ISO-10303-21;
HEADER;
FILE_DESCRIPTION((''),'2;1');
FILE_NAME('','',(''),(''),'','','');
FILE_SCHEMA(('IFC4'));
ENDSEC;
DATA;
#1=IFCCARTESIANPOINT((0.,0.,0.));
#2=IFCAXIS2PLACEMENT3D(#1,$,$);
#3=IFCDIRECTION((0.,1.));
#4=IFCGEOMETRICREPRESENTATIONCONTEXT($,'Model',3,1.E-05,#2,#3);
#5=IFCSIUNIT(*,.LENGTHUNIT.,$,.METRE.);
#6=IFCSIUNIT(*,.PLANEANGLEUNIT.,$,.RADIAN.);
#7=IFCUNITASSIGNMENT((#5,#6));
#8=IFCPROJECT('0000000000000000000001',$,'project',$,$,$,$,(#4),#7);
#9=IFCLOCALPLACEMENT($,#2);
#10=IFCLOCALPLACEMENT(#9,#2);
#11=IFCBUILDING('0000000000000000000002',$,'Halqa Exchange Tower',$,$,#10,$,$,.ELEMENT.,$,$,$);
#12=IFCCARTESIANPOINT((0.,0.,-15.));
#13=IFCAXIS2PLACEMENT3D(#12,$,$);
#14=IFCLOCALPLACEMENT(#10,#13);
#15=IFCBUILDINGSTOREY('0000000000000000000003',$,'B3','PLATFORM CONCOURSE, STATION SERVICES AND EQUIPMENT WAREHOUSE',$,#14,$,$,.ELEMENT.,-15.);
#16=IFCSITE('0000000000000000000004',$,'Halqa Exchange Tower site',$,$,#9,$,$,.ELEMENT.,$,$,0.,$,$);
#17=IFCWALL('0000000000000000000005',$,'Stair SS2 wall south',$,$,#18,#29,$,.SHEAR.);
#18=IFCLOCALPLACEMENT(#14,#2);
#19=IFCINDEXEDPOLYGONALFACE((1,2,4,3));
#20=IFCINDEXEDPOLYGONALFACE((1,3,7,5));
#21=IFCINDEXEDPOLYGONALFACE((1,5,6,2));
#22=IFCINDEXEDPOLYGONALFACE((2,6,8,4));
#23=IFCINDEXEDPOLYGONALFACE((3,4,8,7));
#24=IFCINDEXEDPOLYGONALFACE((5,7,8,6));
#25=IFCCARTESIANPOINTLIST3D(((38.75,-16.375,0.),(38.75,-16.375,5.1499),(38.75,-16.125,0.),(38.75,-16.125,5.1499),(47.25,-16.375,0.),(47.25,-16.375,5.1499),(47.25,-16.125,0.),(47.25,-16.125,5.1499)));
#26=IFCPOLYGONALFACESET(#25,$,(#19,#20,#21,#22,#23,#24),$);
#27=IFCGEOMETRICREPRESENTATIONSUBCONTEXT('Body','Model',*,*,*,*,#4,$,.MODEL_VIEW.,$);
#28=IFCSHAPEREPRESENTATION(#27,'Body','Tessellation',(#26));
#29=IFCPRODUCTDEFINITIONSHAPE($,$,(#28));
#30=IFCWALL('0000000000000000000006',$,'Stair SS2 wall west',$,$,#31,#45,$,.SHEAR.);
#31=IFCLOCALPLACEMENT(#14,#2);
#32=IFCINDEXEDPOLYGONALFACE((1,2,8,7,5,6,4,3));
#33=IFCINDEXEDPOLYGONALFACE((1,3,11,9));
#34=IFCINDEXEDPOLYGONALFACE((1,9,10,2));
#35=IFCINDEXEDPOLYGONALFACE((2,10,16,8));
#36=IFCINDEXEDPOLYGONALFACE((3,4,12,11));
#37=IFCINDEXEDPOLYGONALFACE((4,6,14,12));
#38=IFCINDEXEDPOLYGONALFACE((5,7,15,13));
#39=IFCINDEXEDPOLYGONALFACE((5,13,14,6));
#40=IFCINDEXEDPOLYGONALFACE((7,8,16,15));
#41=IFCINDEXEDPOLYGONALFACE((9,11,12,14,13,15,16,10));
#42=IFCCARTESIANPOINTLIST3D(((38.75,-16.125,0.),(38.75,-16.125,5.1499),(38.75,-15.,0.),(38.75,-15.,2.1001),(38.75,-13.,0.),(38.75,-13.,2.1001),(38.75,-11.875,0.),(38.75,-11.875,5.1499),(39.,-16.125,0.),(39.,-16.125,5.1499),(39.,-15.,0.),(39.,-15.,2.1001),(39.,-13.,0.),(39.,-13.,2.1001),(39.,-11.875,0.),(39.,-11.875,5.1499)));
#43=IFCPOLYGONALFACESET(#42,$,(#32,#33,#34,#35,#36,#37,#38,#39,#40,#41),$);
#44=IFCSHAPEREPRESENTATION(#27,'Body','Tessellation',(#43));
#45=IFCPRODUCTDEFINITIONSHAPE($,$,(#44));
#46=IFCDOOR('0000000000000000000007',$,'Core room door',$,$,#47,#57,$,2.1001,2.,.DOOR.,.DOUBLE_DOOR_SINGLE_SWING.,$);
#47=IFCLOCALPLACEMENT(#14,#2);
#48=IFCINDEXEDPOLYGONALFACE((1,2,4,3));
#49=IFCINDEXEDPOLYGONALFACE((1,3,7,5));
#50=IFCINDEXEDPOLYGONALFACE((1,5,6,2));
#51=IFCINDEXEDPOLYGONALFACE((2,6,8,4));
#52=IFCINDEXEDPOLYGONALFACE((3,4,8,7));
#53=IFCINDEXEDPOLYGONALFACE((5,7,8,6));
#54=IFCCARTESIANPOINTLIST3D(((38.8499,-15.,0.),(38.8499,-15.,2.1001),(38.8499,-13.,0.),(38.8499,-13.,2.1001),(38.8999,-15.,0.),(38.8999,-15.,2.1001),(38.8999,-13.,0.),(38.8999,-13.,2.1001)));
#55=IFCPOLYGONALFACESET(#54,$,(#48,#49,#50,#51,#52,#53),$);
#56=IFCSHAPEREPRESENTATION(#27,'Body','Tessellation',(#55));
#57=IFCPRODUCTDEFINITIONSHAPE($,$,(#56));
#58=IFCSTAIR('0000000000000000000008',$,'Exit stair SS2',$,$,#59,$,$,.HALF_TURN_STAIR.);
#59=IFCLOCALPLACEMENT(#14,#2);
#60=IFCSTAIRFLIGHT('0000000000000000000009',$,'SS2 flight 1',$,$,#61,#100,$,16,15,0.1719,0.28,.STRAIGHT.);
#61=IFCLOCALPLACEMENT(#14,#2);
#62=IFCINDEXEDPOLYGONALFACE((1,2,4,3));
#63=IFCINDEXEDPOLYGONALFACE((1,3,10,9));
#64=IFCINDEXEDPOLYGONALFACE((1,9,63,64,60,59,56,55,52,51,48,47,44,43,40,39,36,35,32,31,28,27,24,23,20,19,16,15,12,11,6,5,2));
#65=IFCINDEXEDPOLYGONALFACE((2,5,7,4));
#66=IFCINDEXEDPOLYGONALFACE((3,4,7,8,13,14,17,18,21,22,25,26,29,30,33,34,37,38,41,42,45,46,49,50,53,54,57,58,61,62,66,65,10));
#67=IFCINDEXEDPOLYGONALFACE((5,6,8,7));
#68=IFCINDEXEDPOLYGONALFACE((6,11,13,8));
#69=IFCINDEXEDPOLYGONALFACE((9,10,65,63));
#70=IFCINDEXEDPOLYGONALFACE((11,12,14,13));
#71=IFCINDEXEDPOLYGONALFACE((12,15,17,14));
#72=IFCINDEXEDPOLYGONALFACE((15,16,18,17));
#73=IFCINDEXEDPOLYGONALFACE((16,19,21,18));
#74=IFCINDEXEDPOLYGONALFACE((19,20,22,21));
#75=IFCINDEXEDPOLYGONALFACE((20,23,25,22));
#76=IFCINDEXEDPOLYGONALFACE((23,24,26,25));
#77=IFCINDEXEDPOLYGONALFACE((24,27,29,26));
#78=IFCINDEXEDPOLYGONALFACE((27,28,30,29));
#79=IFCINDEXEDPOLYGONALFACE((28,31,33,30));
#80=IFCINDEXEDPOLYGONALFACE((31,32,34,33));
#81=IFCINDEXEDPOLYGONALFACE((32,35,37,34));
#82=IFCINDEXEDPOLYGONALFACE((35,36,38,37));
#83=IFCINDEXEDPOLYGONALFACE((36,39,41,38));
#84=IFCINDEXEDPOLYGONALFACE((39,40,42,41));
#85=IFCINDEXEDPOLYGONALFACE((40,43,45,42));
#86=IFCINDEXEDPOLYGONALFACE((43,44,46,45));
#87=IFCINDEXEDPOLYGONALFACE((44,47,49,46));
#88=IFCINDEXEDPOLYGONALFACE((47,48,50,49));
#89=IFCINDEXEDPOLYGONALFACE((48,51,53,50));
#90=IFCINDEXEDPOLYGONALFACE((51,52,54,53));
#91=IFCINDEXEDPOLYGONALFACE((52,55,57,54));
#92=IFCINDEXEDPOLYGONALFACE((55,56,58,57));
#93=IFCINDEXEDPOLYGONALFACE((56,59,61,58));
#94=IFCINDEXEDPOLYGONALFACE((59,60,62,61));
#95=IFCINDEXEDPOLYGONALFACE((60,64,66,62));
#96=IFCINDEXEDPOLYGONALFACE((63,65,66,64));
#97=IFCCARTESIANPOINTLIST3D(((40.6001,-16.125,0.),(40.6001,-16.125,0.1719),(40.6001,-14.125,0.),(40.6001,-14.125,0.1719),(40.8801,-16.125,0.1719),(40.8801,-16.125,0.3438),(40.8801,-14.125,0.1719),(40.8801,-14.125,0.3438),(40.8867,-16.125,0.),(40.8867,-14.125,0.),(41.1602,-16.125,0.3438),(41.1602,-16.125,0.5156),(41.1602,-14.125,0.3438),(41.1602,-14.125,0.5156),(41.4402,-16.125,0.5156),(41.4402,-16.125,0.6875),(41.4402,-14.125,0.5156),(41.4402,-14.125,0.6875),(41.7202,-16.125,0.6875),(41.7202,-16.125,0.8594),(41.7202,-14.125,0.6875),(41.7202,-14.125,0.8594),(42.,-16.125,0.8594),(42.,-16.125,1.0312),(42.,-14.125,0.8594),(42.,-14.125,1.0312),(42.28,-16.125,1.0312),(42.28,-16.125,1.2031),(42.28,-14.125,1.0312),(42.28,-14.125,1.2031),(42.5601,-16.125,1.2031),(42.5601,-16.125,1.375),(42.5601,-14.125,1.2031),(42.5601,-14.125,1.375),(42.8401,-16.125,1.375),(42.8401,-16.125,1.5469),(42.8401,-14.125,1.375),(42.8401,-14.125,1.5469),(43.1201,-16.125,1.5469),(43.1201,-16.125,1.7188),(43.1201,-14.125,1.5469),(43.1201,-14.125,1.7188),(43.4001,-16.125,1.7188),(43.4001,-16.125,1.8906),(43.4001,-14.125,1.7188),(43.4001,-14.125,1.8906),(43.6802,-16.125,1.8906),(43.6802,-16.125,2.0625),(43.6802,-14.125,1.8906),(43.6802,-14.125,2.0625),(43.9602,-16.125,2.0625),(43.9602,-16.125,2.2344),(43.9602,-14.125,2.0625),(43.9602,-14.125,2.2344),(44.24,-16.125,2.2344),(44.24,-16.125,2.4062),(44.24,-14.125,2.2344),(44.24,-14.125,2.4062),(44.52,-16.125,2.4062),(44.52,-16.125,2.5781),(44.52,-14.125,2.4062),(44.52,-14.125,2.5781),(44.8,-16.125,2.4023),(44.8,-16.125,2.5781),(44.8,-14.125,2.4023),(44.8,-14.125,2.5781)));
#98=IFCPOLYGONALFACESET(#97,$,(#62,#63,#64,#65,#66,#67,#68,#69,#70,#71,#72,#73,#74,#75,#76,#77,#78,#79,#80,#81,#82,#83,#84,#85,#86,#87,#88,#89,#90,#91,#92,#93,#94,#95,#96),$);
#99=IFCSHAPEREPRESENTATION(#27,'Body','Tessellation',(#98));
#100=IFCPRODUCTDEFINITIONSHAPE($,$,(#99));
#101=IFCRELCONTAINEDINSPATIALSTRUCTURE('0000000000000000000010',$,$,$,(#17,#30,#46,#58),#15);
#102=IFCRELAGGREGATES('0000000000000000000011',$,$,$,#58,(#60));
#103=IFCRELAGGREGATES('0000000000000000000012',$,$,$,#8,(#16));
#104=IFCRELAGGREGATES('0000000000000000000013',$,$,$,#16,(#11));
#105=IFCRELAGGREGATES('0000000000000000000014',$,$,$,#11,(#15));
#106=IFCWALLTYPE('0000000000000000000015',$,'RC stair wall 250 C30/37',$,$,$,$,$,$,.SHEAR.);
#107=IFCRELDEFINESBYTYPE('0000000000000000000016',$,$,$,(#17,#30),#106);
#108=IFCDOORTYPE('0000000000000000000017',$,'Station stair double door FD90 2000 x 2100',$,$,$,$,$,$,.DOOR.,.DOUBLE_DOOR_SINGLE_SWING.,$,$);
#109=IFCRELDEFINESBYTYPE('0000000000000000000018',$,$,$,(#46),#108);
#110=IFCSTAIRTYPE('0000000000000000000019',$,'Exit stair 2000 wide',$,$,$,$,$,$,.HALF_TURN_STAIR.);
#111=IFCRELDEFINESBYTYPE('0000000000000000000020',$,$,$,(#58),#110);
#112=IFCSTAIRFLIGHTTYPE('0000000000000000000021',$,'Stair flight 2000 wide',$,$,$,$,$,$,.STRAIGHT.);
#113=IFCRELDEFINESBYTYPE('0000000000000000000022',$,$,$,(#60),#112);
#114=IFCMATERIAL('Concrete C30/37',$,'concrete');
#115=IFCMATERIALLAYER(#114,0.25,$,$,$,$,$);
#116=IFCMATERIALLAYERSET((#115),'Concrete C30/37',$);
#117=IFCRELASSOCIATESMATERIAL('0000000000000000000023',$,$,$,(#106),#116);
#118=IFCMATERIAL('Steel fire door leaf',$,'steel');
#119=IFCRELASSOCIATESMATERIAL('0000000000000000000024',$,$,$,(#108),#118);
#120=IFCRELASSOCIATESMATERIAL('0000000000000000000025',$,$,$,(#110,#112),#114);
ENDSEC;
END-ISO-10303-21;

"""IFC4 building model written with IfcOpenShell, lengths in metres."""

from ifc_helpers import new_model, si_unit, direction, frame, frame_2d, origin, place, context, subcontext, project, spatial, polyline, rectangle, outline, extrude, material, layer, layer_set, type_object, element, fill, aggregate, save


model = new_model("IFC4")

# Units and contexts
model_context = context("Model", 3, precision=1e-05, world=origin(), true_north=direction((0.0, 1.0)))
body_context = subcontext(model_context, "Body", "Model", "MODEL_VIEW")
ifc_project = project(units=[si_unit("LENGTHUNIT", "METRE"), si_unit("PLANEANGLEUNIT", "RADIAN")], contexts=[model_context])

# Site, building, storey
site_placement = place(None, origin())
site = spatial("IfcSite", under=ifc_project, at=site_placement, Name="Halqa Exchange Tower site", CompositionType="ELEMENT", RefElevation=0.0)
building_placement = place(site_placement, origin())
building = spatial("IfcBuilding", under=site, at=building_placement, Name="Halqa Exchange Tower", CompositionType="ELEMENT")
storey_placement = place(building_placement, frame((0.0, 0.0, -15.0)))
storey = spatial("IfcBuildingStorey", under=building, at=storey_placement, Name="B3", Description="PLATFORM CONCOURSE, STATION SERVICES AND EQUIPMENT WAREHOUSE", CompositionType="ELEMENT", Elevation=-15.0)

# Shared definitions
ifc_material_1 = material(Name="Steel fire door leaf", Category="steel")

# Wall
ifc_material_2 = material(Name="Concrete C30/37", Category="concrete")
ifc_layer_1 = layer(ifc_material_2, 0.25)
ifc_layer_set_1 = layer_set([ifc_layer_1], Name="Concrete C30/37")
wall_type_1 = type_object("IfcWallType", Name="RC stair wall 250 C30/37", PredefinedType="SHEAR", material=ifc_layer_set_1)
for number, where, z_axis, x_axis, name in (
    (1, (38.75, -16.25, 0.0), (0.0, 0.0, 1.0), (1.0, 0.0, 0.0), "Stair SS2 wall south"),
):
    element("IfcWall", number, at=place(storey_placement, frame(where, z_axis=z_axis, x_axis=x_axis)), inside=storey, type_object=wall_type_1, Name=name, PredefinedType="SHEAR", context=body_context, shape_type="SweptSolid", body=[
        extrude(rectangle(XDim=8.5, YDim=0.25, at=frame_2d((4.25, 0.0))), origin(), (0.0, 0.0, 1.0), 5.1499),
    ])

# Wall, opening, door
wall_1_placement = place(storey_placement, frame((38.875, -16.125, 0.0), z_axis=(0.0, 0.0, 1.0), x_axis=(0.0, 1.0, 0.0)))
wall_1 = element("IfcWall", 2, at=wall_1_placement, inside=storey, type_object=wall_type_1, Name="Stair SS2 wall west", PredefinedType="SHEAR", context=body_context, shape_type="SweptSolid", body=[
    extrude(rectangle(XDim=4.25, YDim=0.25, at=frame_2d((2.125, 0.0))), origin(), (0.0, 0.0, 1.0), 5.1499),
])
opening_1_placement = place(wall_1_placement, frame((1.125, 0.0, 0.0)))
opening_1 = element("IfcOpeningElement", 3, at=opening_1_placement, cuts=wall_1, PredefinedType="OPENING", context=body_context, shape_type="SweptSolid", body=[
    extrude(rectangle(XDim=2.0, YDim=2.1001, at=frame_2d((1.0, 1.05))), frame((0.0, 0.137, 0.0), z_axis=(0.0, -1.0, 0.0), x_axis=(1.0, 0.0, 0.0)), (0.0, 0.0, 1.0), 0.2739),
])
door_type_1 = type_object("IfcDoorType", Name="Station stair double door FD90 2000 x 2100", OperationType="DOUBLE_DOOR_SINGLE_SWING", PredefinedType="DOOR", material=ifc_material_1)
door_1_placement = place(opening_1_placement, frame((2.0, 0.0, 0.0), z_axis=(0.0, 0.0, 1.0), x_axis=(-1.0, 0.0, 0.0)))
door_1 = element("IfcDoor", 4, at=door_1_placement, inside=storey, type_object=door_type_1, Name="Core room door", OperationType="DOUBLE_DOOR_SINGLE_SWING", OverallHeight=2.1001, OverallWidth=2.0, PredefinedType="DOOR", context=body_context, shape_type="SweptSolid", body=[
    extrude(rectangle(XDim=2.0, YDim=2.1001, at=frame_2d((1.0, 1.05))), frame((0.0, 0.0249, 0.0), z_axis=(0.0, -1.0, 0.0), x_axis=(1.0, 0.0, 0.0)), (0.0, 0.0, 1.0), 0.05),
])
fill(opening_1, door_1)

# Stair, stair flight
stair_type = type_object("IfcStairType", Name="Exit stair 2000 wide", PredefinedType="HALF_TURN_STAIR", material=ifc_material_2)
stair_placement = place(storey_placement, origin())
stair = element("IfcStair", 5, at=stair_placement, inside=storey, type_object=stair_type, Name="Exit stair SS2", PredefinedType="HALF_TURN_STAIR")
stair_flight_type = type_object("IfcStairFlightType", Name="Stair flight 2000 wide", PredefinedType="STRAIGHT", material=ifc_material_2)
stair_flight_placement = place(storey_placement, frame((40.6001, -15.125, 0.0), z_axis=(0.0, 0.0, 1.0), x_axis=(1.0, 0.0, 0.0)))
stair_flight = element("IfcStairFlight", 6, at=stair_flight_placement, type_object=stair_flight_type, Name="SS2 flight 1", NumberOfRisers=16, NumberOfTreads=15, PredefinedType="STRAIGHT", RiserHeight=0.1719, TreadLength=0.28, context=body_context, shape_type="SweptSolid", body=[
    extrude(outline(polyline([(0.0, 0.0), (0.0, 0.1719), (0.28, 0.1719), (0.28, 0.3438), (0.5601, 0.3438), (0.5601, 0.5156), (0.8401, 0.5156), (0.8401, 0.6875), (1.1201, 0.6875), (1.1201, 0.8594), (1.3999, 0.8594), (1.3999, 1.0312), (1.6799, 1.0312), (1.6799, 1.2031), (1.96, 1.2031), (1.96, 1.375), (2.24, 1.375), (2.24, 1.5469), (2.52, 1.5469), (2.52, 1.7188), (2.8, 1.7188), (2.8, 1.8906), (3.0801, 1.8906), (3.0801, 2.0625), (3.3601, 2.0625), (3.3601, 2.2344), (3.6399, 2.2344), (3.6399, 2.4062), (3.9199, 2.4062), (3.9199, 2.5781), (4.2, 2.5781), (4.2, 2.75), (4.2, 2.4023), (0.2866, 0.0), (0.0, 0.0)])), frame((0.0, 1.0, 0.0), z_axis=(0.0, -1.0, 0.0), x_axis=(1.0, 0.0, 0.0)), (0.0, 0.0, 1.0), 2.0),
])
aggregate(stair, [stair_flight])

save(model, "model.ifc")
